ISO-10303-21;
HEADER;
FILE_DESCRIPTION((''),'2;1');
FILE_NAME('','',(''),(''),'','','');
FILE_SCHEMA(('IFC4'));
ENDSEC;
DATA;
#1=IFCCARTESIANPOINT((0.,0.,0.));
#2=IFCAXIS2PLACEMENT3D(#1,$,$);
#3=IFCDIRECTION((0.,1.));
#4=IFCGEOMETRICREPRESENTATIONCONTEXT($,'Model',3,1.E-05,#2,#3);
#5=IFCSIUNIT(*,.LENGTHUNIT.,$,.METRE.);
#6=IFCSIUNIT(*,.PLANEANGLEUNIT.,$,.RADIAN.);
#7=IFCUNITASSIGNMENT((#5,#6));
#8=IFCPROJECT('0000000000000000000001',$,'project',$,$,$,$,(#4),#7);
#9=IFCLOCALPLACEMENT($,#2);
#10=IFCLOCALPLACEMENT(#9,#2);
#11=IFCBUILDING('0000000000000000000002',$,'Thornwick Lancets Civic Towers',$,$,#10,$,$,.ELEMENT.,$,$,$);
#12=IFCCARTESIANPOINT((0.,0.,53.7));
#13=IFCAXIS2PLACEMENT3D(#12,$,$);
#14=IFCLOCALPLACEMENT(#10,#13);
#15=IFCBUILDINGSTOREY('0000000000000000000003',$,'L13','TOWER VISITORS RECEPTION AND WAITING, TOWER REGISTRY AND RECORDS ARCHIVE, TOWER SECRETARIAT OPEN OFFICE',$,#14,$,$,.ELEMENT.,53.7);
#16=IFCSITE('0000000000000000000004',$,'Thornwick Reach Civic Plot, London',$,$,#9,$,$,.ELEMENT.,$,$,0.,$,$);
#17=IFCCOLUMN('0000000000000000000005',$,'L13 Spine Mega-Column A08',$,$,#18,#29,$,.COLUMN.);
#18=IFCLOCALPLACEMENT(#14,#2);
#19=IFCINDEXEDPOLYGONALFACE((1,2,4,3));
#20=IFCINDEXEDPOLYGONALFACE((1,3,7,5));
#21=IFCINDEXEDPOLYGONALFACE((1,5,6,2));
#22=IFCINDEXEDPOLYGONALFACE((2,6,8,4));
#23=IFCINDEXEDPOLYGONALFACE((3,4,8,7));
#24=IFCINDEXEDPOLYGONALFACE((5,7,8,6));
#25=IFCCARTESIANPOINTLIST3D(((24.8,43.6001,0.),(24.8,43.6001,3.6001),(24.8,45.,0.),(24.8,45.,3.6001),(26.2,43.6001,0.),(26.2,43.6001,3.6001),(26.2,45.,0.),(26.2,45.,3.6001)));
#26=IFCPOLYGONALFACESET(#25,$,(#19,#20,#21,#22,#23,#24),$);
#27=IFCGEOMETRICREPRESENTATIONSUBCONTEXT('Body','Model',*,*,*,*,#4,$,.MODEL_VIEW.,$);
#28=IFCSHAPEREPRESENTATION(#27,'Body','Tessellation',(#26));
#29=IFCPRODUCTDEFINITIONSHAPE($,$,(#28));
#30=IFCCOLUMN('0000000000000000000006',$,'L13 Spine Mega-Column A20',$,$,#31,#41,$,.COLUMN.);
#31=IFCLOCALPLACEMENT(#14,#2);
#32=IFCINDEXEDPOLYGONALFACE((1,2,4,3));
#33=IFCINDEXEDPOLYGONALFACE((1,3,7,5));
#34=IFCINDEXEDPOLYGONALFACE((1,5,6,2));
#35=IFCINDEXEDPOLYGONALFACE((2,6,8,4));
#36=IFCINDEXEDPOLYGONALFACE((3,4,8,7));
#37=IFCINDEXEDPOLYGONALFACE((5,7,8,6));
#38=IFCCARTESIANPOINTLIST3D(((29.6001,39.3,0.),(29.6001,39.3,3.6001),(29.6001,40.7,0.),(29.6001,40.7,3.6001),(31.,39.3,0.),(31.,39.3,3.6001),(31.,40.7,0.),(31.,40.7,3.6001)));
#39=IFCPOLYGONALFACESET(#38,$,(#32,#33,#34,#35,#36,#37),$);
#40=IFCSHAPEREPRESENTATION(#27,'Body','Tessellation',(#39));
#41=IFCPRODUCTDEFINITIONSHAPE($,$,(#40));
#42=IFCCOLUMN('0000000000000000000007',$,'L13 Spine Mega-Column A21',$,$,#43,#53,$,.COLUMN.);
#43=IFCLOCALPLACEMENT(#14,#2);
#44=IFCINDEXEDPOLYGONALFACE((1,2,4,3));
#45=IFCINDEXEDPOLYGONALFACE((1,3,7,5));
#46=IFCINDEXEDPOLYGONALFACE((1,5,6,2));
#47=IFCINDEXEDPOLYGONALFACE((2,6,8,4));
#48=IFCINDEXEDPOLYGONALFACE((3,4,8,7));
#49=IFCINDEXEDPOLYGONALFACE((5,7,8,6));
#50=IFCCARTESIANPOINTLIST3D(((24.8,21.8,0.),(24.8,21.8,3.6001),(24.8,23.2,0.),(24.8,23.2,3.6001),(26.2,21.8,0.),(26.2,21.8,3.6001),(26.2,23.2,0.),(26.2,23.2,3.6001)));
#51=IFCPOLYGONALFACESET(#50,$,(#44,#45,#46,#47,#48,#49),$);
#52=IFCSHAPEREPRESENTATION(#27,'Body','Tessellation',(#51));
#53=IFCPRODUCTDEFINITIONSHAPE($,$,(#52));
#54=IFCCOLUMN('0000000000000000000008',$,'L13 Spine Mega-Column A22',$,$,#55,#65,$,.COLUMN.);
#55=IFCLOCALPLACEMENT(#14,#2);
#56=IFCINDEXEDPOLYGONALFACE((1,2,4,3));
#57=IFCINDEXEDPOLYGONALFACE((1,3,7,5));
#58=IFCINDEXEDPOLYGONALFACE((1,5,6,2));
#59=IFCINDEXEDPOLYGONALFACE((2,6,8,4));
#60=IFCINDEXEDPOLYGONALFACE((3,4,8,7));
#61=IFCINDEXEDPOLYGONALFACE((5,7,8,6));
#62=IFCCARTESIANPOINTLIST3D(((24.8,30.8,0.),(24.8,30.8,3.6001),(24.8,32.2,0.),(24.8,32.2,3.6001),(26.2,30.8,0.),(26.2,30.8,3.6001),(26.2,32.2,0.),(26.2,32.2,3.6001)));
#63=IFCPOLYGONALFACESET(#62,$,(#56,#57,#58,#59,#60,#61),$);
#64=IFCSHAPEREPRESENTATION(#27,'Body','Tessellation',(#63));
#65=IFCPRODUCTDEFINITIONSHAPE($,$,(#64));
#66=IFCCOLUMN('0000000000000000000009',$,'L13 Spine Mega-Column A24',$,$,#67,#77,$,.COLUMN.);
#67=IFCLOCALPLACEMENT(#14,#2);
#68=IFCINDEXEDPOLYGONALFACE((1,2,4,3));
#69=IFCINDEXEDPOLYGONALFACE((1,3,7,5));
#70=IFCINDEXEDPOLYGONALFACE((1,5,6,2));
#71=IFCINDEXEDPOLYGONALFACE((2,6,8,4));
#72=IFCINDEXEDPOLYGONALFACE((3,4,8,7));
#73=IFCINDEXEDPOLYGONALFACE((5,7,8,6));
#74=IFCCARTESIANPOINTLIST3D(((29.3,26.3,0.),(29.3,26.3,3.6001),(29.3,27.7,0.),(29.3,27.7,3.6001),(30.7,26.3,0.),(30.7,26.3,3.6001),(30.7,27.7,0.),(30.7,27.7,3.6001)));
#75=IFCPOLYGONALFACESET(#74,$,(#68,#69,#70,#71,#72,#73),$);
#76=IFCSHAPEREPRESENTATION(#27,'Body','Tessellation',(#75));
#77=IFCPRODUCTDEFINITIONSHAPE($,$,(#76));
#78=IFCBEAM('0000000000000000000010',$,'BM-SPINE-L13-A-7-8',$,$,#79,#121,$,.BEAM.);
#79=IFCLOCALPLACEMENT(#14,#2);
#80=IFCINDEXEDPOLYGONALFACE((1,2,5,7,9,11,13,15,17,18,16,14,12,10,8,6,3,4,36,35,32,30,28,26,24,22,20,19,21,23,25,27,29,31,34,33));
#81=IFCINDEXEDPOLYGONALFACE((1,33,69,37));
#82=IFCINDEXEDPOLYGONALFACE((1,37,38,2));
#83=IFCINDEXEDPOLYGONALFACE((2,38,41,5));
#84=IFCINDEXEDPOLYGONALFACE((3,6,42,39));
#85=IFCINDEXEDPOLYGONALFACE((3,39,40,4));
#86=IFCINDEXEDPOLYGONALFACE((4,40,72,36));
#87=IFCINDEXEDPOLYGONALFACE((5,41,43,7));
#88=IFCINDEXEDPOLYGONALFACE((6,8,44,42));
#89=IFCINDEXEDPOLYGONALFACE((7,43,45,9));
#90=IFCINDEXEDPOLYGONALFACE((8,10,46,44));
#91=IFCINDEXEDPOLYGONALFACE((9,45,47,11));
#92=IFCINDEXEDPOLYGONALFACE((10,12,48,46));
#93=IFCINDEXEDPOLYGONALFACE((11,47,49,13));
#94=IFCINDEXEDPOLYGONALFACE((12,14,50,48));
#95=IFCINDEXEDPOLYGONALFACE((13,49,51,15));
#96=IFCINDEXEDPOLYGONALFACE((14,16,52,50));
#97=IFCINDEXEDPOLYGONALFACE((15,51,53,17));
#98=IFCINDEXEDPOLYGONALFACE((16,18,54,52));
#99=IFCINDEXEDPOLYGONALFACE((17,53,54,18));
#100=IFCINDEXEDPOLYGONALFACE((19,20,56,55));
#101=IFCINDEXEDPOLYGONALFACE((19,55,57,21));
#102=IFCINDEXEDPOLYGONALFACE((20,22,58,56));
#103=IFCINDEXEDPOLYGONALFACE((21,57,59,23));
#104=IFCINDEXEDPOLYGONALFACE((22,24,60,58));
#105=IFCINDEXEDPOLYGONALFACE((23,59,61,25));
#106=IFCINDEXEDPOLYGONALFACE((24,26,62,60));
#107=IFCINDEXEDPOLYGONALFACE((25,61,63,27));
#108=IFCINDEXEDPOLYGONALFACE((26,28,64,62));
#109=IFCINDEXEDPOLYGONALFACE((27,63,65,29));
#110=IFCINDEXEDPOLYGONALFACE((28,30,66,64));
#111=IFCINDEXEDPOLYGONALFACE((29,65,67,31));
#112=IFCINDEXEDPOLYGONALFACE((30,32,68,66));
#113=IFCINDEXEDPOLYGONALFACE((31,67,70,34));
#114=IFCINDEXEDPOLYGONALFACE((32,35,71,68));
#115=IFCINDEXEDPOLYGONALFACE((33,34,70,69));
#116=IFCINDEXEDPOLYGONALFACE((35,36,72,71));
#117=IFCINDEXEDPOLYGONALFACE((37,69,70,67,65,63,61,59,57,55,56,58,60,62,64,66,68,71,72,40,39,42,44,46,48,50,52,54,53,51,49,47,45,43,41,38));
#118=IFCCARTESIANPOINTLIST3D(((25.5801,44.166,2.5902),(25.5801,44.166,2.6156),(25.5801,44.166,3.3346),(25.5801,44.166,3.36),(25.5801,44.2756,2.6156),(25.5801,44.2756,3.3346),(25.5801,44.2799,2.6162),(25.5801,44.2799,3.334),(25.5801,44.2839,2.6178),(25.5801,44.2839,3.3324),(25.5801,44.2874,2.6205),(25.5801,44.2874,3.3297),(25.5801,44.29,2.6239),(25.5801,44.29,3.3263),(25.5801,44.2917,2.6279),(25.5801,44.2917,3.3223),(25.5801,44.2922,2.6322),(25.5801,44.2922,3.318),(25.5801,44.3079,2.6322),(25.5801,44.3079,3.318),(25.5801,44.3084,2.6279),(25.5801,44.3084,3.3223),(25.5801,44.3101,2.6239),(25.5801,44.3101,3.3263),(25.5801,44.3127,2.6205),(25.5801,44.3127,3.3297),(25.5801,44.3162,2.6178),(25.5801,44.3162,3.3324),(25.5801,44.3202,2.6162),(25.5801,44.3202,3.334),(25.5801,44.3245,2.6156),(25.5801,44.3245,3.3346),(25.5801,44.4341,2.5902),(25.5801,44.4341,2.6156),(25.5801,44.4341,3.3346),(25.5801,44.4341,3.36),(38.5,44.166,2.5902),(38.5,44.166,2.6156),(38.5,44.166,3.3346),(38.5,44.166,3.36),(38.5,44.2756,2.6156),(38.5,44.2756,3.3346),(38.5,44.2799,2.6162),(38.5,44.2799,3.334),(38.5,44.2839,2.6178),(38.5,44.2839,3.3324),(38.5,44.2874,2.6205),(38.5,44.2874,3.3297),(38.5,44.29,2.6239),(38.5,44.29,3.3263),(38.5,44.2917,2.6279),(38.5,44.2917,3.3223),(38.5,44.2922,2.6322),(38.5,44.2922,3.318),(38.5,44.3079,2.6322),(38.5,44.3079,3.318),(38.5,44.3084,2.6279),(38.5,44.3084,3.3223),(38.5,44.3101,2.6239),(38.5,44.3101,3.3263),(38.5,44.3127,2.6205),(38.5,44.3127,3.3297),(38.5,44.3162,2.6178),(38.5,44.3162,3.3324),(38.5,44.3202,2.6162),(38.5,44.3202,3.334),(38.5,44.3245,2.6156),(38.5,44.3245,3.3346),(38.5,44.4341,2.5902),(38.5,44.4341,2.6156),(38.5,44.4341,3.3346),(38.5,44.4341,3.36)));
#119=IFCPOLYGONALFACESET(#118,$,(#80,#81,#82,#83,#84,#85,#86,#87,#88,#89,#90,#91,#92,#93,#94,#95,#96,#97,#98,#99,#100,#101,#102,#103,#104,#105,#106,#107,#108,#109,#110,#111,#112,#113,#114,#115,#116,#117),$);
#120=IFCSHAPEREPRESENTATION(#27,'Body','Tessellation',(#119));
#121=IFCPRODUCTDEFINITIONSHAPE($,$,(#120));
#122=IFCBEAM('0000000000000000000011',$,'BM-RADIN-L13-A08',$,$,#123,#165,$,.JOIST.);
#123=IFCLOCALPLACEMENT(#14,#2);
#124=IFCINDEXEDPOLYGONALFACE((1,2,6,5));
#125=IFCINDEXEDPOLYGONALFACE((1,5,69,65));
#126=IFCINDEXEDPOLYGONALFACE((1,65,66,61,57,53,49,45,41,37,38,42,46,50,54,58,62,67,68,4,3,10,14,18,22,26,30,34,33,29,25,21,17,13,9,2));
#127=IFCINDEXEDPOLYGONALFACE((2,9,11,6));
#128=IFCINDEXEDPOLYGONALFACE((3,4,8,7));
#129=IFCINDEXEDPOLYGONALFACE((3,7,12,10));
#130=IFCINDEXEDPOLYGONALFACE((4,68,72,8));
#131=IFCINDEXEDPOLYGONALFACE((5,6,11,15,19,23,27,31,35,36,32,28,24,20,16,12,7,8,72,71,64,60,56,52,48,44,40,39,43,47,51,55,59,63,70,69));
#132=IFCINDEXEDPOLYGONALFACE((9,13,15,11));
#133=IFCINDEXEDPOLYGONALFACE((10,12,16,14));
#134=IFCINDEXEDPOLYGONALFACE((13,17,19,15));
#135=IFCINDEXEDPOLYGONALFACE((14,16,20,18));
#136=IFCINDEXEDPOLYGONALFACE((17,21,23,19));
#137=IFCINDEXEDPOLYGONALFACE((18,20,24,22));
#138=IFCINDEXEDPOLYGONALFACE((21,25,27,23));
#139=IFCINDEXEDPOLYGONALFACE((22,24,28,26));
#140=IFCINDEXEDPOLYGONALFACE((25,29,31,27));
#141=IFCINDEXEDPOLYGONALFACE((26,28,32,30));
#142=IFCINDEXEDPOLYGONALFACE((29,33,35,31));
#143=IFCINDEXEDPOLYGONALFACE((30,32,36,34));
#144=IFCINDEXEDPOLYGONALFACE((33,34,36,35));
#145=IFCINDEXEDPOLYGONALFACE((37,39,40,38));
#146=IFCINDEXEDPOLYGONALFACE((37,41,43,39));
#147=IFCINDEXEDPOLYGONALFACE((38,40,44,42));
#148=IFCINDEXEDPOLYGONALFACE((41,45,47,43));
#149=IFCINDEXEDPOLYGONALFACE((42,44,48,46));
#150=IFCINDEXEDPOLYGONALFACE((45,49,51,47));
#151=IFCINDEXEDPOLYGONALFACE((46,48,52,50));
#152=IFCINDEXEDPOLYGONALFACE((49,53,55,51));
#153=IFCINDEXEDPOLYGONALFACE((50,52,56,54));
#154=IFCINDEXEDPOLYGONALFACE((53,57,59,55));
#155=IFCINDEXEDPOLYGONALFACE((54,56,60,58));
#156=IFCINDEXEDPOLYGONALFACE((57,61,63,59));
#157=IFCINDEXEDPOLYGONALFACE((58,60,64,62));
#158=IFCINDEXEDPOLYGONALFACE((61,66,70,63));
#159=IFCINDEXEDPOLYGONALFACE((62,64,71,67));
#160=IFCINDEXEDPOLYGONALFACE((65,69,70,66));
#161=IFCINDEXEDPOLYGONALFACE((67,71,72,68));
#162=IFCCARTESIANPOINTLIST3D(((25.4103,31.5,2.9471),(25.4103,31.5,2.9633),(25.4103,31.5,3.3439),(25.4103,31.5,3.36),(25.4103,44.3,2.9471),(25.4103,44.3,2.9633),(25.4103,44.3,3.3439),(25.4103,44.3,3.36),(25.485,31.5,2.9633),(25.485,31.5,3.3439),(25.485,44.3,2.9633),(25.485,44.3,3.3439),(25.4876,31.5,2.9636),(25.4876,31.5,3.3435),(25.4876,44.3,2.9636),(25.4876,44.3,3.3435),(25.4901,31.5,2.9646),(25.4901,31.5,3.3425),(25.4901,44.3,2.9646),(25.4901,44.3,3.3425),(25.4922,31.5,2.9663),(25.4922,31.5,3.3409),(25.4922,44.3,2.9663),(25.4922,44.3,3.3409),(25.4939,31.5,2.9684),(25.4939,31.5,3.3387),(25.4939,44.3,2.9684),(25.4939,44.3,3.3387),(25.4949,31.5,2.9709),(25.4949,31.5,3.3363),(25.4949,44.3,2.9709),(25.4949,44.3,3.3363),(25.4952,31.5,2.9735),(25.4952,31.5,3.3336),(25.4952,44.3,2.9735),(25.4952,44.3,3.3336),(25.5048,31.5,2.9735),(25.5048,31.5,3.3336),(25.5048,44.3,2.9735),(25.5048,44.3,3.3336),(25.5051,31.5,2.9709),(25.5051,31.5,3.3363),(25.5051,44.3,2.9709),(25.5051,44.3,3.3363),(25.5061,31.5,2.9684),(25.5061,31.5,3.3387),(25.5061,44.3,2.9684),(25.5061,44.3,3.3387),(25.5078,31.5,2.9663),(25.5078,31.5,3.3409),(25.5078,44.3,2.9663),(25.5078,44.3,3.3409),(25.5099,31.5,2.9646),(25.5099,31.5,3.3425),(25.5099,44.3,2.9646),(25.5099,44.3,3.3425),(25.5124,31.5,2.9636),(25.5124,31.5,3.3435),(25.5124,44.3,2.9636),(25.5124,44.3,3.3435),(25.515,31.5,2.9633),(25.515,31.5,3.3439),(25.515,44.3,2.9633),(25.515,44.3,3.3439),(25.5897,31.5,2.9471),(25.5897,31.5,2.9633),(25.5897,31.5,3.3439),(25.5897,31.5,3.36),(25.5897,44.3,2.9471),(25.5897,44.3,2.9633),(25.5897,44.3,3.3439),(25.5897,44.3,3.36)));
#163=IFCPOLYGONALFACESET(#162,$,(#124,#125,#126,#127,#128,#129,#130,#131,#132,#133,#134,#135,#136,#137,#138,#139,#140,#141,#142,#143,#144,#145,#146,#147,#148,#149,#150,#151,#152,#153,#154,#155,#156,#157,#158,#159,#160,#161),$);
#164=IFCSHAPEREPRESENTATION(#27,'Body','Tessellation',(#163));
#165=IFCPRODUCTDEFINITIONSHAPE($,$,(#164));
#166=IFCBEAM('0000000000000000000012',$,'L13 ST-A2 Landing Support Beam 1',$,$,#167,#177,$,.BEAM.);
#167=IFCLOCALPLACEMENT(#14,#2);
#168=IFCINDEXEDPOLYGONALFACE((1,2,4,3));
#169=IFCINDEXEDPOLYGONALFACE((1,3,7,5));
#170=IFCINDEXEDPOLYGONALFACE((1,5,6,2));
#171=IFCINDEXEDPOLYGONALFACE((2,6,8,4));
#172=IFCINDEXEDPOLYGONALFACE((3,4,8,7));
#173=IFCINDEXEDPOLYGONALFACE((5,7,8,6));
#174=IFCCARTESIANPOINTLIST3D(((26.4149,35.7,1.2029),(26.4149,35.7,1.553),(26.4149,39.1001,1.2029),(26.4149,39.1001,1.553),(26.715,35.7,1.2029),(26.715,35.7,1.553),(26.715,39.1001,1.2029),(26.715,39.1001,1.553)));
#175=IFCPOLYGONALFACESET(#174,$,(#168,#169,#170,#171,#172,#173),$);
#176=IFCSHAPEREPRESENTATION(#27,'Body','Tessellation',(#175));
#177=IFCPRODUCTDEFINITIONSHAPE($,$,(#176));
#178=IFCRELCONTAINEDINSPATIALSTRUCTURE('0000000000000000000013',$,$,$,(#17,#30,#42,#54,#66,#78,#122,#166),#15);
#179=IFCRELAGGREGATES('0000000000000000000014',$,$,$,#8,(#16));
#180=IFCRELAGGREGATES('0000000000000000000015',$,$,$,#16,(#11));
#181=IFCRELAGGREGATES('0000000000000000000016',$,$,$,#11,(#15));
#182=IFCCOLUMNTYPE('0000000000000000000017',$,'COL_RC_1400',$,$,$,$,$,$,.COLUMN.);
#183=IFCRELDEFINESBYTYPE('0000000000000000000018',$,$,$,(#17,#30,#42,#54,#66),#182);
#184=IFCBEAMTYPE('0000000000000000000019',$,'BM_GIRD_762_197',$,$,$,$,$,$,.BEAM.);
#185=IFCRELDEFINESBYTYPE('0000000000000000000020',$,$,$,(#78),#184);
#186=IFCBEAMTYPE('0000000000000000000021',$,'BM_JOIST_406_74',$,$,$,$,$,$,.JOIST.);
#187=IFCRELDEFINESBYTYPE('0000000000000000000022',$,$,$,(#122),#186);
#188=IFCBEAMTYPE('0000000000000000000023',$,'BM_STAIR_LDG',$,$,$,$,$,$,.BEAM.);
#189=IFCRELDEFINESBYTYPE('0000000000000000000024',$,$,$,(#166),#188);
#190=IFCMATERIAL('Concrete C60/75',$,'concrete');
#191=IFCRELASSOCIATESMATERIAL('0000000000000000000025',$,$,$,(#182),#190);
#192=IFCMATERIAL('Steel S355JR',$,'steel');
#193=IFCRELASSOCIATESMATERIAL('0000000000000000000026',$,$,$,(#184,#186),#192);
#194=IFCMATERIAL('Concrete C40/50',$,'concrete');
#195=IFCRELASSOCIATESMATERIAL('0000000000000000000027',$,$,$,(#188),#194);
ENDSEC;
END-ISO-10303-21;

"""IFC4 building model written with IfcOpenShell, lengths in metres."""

from ifc_helpers import new_model, si_unit, direction, frame, origin, origin_2d, place, context, subcontext, project, spatial, rectangle, i_section, extrude, material, material_profile, profile_set, type_object, element, save


model = new_model("IFC4")

# Units and contexts
model_context = context("Model", 3, precision=1e-05, world=origin(), true_north=direction((0.0, 1.0)))
body_context = subcontext(model_context, "Body", "Model", "MODEL_VIEW")
ifc_project = project(units=[si_unit("LENGTHUNIT", "METRE"), si_unit("PLANEANGLEUNIT", "RADIAN")], contexts=[model_context])

# Site, building, storey
site_placement = place(None, origin())
site = spatial("IfcSite", under=ifc_project, at=site_placement, Name="Thornwick Reach Civic Plot, London", CompositionType="ELEMENT", RefElevation=0.0)
building_placement = place(site_placement, origin())
building = spatial("IfcBuilding", under=site, at=building_placement, Name="Thornwick Lancets Civic Towers", CompositionType="ELEMENT")
storey_placement = place(building_placement, frame((0.0, 0.0, 53.7)))
storey = spatial("IfcBuildingStorey", under=building, at=storey_placement, Name="L13", Description="TOWER VISITORS RECEPTION AND WAITING, TOWER REGISTRY AND RECORDS ARCHIVE, TOWER SECRETARIAT OPEN OFFICE", CompositionType="ELEMENT", Elevation=53.7)

# Columns
ifc_material_1 = material(Name="Concrete C60/75", Category="concrete")
ifc_material_profile_1 = material_profile(ifc_material_1, rectangle(XDim=1.3999, YDim=1.3999, at=origin_2d()), Name="RC 1400x1400")
ifc_profile_set_1 = profile_set([ifc_material_profile_1], Name="Concrete C60/75")
column_type = type_object("IfcColumnType", Name="COL_RC_1400", PredefinedType="COLUMN", material=ifc_profile_set_1)
for number, where, z_axis, x_axis, name in (
    (1, (25.5, 44.3, 0.0), (0.0, 0.0, 1.0), (1.0, 0.0, 0.0), "L13 Spine Mega-Column A08"),
    (2, (30.3, 40.0, 0.0), (0.0, 0.0, 1.0), (1.0, 0.0, 0.0), "L13 Spine Mega-Column A20"),
    (3, (25.5, 22.5, 0.0), (0.0, 0.0, 1.0), (1.0, 0.0, 0.0), "L13 Spine Mega-Column A21"),
    (4, (25.5, 31.5, 0.0), (0.0, 0.0, 1.0), (1.0, 0.0, 0.0), "L13 Spine Mega-Column A22"),
    (5, (30.0, 27.0, 0.0), (0.0, 0.0, 1.0), (1.0, 0.0, 0.0), "L13 Spine Mega-Column A24"),
):
    element("IfcColumn", number, at=place(storey_placement, frame(where, z_axis=z_axis, x_axis=x_axis)), inside=storey, type_object=column_type, Name=name, PredefinedType="COLUMN", context=body_context, shape_type="SweptSolid", body=[
        extrude(rectangle(XDim=1.3999, YDim=1.3999, at=origin_2d()), origin(), (0.0, 0.0, 1.0), 3.6001),
    ])

# Beams
ifc_material_2 = material(Name="Steel S355JR", Category="steel")
ifc_material_profile_2 = material_profile(ifc_material_2, i_section(OverallWidth=0.2681, OverallDepth=0.7698, WebThickness=0.0156, FlangeThickness=0.0254, FilletRadius=0.0166, at=origin_2d()), Name="UKB 762x267x197")
ifc_profile_set_2 = profile_set([ifc_material_profile_2], Name="Steel S355JR")
beam_type_1 = type_object("IfcBeamType", Name="BM_GIRD_762_197", PredefinedType="BEAM", material=ifc_profile_set_2)
beam_1_placement = place(storey_placement, frame((25.5801, 44.3, 2.9751), z_axis=(1.0, 0.0, 0.0), x_axis=(0.0, 1.0, 0.0)))
element("IfcBeam", 6, at=beam_1_placement, inside=storey, type_object=beam_type_1, Name="BM-SPINE-L13-A-7-8", PredefinedType="BEAM", context=body_context, shape_type="SweptSolid", body=[
    extrude(i_section(OverallWidth=0.2681, OverallDepth=0.7698, WebThickness=0.0156, FlangeThickness=0.0254, FilletRadius=0.0166, at=origin_2d()), origin(), (0.0, 0.0, 1.0), 12.9199),
])
ifc_material_profile_3 = material_profile(ifc_material_2, i_section(OverallWidth=0.1794, OverallDepth=0.4128, WebThickness=0.0095, FlangeThickness=0.0161, FilletRadius=0.0103, at=origin_2d()), Name="UKB 406x178x74")
ifc_profile_set_3 = profile_set([ifc_material_profile_3], Name="Steel S355JR")
beam_type_2 = type_object("IfcBeamType", Name="BM_JOIST_406_74", PredefinedType="JOIST", material=ifc_profile_set_3)
beam_2_placement = place(storey_placement, frame((25.5, 31.5, 3.1536), z_axis=(0.0, 1.0, 0.0), x_axis=(-1.0, 0.0, 0.0)))
element("IfcBeam", 7, at=beam_2_placement, inside=storey, type_object=beam_type_2, Name="BM-RADIN-L13-A08", PredefinedType="JOIST", context=body_context, shape_type="SweptSolid", body=[
    extrude(i_section(OverallWidth=0.1794, OverallDepth=0.4128, WebThickness=0.0095, FlangeThickness=0.0161, FilletRadius=0.0103, at=origin_2d()), origin(), (0.0, 0.0, 1.0), 12.8),
])
ifc_material_3 = material(Name="Concrete C40/50", Category="concrete")
ifc_material_profile_4 = material_profile(ifc_material_3, rectangle(XDim=0.3, YDim=0.3501, at=origin_2d()), Name="RC 300x350")
ifc_profile_set_4 = profile_set([ifc_material_profile_4], Name="Concrete C40/50")
beam_type_3 = type_object("IfcBeamType", Name="BM_STAIR_LDG", PredefinedType="BEAM", material=ifc_profile_set_4)
beam_3_placement = place(storey_placement, frame((26.5649, 39.1001, 1.3779), z_axis=(0.0, -1.0, 0.0), x_axis=(1.0, 0.0, 0.0)))
element("IfcBeam", 8, at=beam_3_placement, inside=storey, type_object=beam_type_3, Name="L13 ST-A2 Landing Support Beam 1", PredefinedType="BEAM", context=body_context, shape_type="SweptSolid", body=[
    extrude(rectangle(XDim=0.3, YDim=0.3501, at=origin_2d()), origin(), (0.0, 0.0, 1.0), 3.4001),
])

save(model, "model.ifc")
